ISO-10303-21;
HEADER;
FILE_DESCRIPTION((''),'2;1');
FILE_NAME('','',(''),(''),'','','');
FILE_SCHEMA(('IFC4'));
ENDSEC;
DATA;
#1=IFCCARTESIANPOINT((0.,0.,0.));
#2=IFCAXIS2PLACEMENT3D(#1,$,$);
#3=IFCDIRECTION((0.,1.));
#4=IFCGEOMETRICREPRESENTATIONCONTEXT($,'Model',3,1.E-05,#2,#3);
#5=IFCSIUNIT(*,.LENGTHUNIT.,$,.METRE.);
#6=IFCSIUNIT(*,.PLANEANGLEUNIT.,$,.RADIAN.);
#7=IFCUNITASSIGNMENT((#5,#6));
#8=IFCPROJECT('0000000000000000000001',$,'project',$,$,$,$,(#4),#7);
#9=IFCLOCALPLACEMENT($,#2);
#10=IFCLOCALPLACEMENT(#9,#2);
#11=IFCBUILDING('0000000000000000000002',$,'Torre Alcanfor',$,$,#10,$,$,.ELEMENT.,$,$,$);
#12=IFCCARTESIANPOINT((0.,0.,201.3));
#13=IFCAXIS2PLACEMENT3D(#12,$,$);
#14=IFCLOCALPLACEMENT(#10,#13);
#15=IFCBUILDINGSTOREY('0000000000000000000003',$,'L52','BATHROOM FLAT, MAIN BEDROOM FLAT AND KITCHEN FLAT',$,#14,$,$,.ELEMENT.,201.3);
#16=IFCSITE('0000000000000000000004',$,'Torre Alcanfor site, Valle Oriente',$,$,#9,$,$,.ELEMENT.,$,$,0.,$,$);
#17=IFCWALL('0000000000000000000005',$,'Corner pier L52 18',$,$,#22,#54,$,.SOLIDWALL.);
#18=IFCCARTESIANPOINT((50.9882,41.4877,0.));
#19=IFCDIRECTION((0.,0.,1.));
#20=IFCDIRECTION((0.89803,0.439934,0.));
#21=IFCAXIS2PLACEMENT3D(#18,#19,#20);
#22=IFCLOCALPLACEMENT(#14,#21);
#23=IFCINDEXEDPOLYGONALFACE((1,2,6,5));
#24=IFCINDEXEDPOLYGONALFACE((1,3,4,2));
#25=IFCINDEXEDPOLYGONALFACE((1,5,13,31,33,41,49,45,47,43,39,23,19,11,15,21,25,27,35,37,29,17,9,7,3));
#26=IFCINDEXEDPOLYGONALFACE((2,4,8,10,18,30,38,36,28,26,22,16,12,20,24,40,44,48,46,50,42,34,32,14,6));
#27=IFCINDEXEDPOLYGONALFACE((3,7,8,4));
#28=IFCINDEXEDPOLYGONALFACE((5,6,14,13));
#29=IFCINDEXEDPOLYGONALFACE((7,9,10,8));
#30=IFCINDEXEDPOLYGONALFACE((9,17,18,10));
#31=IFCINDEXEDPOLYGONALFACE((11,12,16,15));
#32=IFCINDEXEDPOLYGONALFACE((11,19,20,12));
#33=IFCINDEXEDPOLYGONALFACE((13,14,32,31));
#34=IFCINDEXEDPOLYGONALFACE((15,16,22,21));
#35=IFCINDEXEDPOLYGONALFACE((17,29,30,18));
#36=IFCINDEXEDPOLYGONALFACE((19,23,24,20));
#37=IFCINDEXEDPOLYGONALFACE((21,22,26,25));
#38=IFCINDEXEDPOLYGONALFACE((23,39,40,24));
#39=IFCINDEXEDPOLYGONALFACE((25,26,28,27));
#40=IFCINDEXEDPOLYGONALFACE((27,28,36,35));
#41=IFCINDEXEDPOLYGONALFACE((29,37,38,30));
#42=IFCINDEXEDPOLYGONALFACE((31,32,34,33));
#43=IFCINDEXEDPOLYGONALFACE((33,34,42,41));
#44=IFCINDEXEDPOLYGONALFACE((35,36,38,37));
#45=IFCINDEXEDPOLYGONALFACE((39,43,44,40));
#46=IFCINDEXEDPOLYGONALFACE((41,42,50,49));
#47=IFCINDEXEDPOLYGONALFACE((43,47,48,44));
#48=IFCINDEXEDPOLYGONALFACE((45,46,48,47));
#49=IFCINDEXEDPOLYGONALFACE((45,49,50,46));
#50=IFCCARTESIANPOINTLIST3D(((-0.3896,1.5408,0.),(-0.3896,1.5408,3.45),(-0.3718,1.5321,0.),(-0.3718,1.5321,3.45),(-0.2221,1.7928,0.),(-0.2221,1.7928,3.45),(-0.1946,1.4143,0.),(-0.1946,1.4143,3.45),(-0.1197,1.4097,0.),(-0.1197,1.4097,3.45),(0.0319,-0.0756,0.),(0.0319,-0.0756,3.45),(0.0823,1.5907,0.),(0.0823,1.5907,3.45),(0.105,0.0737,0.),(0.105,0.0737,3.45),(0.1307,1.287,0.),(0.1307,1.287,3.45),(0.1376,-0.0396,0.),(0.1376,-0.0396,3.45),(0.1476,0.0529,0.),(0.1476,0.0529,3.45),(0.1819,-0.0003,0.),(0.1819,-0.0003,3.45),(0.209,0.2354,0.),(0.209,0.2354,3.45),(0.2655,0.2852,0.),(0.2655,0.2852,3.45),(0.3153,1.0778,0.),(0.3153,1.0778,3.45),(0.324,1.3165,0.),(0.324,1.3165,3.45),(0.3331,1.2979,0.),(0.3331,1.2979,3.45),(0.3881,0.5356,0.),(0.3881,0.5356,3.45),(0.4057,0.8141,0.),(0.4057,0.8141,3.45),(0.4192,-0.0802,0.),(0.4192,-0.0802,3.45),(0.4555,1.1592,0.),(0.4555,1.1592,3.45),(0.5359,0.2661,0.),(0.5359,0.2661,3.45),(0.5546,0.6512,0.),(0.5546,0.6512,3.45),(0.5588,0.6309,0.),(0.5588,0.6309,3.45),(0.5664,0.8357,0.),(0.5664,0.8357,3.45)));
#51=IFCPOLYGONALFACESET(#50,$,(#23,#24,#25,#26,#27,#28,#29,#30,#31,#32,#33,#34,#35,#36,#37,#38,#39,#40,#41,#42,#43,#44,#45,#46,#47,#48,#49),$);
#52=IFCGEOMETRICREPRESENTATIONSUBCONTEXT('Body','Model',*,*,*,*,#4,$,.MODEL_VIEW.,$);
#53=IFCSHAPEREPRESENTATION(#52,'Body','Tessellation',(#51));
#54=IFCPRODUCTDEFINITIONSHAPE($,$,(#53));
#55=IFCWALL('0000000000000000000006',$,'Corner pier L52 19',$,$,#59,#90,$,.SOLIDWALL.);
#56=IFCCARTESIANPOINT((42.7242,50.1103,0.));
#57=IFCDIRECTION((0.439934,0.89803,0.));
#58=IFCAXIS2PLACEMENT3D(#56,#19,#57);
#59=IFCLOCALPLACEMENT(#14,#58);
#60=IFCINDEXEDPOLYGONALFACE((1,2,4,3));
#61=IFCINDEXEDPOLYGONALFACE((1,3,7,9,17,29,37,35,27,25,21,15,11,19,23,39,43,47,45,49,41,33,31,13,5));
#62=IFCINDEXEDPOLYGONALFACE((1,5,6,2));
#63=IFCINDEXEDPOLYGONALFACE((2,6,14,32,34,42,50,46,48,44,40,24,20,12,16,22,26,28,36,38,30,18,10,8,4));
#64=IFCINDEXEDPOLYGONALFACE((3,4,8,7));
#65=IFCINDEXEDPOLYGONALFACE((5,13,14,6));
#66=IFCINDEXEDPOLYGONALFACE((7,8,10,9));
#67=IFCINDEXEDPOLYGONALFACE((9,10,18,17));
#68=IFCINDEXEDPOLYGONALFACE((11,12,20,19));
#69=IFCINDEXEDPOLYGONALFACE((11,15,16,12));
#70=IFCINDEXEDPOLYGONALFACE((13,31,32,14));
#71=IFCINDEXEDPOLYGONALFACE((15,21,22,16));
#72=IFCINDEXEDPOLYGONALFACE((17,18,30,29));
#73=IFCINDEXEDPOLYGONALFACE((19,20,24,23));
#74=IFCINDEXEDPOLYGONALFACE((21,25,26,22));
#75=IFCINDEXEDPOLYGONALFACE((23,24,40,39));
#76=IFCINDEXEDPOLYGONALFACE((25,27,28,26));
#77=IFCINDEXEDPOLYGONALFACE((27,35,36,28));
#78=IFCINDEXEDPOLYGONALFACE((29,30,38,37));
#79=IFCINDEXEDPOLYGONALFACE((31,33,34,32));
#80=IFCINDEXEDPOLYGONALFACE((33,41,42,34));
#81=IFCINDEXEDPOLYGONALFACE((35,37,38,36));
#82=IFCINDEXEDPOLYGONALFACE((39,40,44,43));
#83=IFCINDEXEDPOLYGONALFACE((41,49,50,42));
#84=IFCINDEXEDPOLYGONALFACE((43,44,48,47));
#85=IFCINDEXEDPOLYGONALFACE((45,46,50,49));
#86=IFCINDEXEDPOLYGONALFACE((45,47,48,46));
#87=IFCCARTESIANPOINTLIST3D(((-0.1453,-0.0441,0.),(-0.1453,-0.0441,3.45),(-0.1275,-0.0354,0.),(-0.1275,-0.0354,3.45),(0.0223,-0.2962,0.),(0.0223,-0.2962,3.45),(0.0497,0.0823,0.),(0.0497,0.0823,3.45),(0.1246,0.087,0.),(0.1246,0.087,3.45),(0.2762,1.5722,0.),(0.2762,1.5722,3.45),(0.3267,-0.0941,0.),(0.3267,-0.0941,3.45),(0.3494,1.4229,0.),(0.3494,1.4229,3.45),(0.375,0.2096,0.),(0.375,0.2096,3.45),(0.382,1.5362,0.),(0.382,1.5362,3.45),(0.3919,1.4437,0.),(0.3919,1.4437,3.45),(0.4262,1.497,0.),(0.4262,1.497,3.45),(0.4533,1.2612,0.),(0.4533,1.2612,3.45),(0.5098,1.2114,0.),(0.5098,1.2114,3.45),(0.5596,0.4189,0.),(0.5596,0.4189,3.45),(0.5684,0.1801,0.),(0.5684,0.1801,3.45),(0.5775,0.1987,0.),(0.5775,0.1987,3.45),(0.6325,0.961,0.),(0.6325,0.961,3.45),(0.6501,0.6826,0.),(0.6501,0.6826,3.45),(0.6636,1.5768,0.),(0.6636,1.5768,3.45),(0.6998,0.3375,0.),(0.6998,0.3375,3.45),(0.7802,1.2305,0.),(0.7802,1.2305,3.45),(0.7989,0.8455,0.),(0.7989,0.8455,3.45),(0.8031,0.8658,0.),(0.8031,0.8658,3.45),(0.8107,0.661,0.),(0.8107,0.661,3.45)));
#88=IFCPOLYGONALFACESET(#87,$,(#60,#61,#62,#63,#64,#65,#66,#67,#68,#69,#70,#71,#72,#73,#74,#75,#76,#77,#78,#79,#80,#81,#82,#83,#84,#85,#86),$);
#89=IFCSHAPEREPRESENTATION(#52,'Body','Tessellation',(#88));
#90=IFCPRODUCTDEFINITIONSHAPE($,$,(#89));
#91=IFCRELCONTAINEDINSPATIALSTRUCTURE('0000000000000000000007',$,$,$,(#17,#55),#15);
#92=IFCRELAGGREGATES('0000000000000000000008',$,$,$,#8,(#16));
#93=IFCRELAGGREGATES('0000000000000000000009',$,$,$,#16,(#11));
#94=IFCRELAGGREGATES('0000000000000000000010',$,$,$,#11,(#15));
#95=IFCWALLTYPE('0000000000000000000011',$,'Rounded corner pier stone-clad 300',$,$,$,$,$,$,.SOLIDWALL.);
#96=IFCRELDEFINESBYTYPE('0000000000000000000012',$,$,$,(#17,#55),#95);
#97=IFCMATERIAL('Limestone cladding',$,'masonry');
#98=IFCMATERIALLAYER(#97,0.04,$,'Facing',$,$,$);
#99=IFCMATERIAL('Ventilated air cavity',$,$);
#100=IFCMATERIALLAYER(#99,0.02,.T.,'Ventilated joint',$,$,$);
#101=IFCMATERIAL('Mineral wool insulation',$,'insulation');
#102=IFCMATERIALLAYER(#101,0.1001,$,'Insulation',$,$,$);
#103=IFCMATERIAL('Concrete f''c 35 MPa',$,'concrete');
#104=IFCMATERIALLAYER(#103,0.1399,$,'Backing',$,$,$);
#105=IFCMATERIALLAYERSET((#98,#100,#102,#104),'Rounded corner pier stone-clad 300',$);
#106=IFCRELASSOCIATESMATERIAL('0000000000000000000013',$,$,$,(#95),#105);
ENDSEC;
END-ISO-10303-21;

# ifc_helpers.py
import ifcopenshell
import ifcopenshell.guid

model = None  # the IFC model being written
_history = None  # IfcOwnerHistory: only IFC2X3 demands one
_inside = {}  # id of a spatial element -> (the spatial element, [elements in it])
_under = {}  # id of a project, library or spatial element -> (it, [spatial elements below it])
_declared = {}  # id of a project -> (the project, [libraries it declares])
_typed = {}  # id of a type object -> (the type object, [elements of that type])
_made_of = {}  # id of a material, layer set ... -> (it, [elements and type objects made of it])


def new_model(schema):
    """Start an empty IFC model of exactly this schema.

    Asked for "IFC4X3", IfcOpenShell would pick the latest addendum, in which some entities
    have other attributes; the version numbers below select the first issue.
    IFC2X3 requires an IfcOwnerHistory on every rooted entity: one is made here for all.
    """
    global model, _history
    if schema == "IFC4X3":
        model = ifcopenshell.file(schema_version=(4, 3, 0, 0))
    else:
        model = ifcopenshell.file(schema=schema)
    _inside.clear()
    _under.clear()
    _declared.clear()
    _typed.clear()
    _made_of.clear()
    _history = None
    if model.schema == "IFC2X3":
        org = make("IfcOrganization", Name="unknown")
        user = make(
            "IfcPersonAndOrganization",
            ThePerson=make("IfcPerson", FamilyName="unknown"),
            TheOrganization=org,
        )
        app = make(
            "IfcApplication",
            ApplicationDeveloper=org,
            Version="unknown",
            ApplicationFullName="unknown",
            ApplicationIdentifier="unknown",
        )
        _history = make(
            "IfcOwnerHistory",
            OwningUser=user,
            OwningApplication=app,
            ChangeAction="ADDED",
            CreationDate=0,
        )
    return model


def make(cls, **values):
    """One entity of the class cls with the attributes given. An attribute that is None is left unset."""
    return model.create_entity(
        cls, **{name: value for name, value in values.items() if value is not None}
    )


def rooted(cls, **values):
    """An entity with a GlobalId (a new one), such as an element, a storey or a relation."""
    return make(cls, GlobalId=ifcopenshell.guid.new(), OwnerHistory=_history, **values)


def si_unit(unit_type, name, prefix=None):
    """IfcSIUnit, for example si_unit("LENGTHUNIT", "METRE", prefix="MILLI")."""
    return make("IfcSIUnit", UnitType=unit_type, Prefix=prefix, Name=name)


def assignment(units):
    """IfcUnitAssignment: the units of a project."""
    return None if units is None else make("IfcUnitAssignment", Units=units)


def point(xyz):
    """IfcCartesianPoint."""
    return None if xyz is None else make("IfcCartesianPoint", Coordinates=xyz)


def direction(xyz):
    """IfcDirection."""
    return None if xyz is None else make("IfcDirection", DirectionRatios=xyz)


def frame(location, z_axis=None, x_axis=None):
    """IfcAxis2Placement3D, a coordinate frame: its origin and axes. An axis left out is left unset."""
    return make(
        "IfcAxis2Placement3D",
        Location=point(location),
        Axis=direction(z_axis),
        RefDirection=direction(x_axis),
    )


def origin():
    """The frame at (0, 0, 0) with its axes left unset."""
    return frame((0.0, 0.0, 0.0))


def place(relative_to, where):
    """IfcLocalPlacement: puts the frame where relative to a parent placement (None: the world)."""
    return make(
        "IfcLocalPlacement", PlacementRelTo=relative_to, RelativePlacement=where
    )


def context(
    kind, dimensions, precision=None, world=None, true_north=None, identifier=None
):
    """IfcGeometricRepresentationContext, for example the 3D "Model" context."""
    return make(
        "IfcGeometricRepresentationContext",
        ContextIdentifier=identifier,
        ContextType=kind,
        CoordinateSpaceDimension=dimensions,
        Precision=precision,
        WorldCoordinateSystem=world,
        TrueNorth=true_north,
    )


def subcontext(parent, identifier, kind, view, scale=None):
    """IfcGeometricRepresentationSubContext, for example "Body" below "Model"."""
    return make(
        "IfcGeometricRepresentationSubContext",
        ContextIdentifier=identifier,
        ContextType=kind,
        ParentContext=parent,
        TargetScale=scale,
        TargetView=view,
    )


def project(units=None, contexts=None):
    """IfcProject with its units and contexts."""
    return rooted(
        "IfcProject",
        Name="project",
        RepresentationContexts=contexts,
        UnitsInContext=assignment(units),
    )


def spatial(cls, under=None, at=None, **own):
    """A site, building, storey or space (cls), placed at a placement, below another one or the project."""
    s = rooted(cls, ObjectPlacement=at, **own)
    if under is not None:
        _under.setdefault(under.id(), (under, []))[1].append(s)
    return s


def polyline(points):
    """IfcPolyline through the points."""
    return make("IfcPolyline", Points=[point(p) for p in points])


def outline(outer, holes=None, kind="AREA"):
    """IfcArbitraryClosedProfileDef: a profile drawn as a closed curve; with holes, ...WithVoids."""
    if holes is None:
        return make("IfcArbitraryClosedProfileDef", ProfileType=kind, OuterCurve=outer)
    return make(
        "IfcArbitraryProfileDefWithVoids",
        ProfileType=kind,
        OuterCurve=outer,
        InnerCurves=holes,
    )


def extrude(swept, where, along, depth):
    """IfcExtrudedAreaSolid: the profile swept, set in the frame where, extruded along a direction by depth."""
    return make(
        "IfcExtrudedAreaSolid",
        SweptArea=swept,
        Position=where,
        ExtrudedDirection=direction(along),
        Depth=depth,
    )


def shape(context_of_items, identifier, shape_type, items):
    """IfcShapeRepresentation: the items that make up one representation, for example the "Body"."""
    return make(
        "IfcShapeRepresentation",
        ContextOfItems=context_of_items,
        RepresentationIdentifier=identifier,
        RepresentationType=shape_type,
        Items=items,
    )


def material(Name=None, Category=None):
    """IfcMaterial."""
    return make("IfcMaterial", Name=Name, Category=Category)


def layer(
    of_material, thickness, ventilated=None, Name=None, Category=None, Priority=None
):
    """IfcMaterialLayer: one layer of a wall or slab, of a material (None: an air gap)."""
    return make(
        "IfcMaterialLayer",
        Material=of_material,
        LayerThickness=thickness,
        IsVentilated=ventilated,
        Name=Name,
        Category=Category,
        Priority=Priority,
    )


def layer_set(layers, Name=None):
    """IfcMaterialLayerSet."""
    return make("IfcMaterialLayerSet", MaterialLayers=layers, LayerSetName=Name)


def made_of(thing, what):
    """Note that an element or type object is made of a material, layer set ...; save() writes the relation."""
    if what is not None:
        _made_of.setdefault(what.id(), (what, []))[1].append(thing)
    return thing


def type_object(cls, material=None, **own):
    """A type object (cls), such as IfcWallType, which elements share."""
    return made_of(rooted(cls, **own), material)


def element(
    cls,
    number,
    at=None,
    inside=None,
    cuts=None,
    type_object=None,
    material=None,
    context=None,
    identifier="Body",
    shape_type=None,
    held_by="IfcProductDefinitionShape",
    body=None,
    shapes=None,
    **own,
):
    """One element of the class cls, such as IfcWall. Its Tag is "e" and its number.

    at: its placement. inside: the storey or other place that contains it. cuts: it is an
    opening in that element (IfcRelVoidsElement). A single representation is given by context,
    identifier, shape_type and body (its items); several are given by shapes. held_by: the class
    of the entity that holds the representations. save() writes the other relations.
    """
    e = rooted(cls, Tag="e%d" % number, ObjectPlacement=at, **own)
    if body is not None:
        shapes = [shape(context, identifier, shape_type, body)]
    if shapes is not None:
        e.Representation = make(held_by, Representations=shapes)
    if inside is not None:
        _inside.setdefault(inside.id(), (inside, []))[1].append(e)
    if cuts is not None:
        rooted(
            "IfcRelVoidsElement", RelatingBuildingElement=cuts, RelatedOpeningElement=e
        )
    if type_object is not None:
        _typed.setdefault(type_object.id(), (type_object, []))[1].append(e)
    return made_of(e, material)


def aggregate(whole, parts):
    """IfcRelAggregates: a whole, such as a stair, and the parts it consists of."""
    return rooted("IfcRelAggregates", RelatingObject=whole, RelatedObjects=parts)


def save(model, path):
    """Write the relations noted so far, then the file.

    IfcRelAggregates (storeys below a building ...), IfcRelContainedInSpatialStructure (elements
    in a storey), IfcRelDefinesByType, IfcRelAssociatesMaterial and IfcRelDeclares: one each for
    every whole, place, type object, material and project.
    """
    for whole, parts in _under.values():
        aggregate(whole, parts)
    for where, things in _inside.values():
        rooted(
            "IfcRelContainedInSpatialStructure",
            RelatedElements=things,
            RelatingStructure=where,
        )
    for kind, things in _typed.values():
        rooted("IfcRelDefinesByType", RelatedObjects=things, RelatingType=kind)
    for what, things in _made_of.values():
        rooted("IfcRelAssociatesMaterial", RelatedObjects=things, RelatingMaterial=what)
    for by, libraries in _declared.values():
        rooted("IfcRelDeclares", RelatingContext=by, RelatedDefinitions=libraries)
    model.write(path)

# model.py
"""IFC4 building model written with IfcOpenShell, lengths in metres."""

from ifc_helpers import new_model, si_unit, direction, frame, origin, place, context, subcontext, project, spatial, polyline, outline, extrude, material, layer, layer_set, type_object, element, save


model = new_model("IFC4")

# Units and contexts
model_context = context("Model", 3, precision=1e-05, world=origin(), true_north=direction((0.0, 1.0)))
body_context = subcontext(model_context, "Body", "Model", "MODEL_VIEW")
ifc_project = project(units=[si_unit("LENGTHUNIT", "METRE"), si_unit("PLANEANGLEUNIT", "RADIAN")], contexts=[model_context])

# Site, building, storey
site_placement = place(None, origin())
site = spatial("IfcSite", under=ifc_project, at=site_placement, Name="Torre Alcanfor site, Valle Oriente", CompositionType="ELEMENT", RefElevation=0.0)
building_placement = place(site_placement, origin())
building = spatial("IfcBuilding", under=site, at=building_placement, Name="Torre Alcanfor", CompositionType="ELEMENT")
storey_placement = place(building_placement, frame((0.0, 0.0, 201.3)))
storey = spatial("IfcBuildingStorey", under=building, at=storey_placement, Name="L52", Description="BATHROOM FLAT, MAIN BEDROOM FLAT AND KITCHEN FLAT", CompositionType="ELEMENT", Elevation=201.3)

# Shared definitions
ifc_material_1 = material(Name="Limestone cladding", Category="masonry")
ifc_material_2 = material(Name="Ventilated air cavity")
ifc_material_3 = material(Name="Mineral wool insulation", Category="insulation")
ifc_material_4 = material(Name="Concrete f'c 35 MPa", Category="concrete")

# Walls
ifc_layer_1 = layer(ifc_material_1, 0.04, Name="Facing")
ifc_layer_2 = layer(ifc_material_2, 0.02, ventilated=True, Name="Ventilated joint")
ifc_layer_3 = layer(ifc_material_3, 0.1001, Name="Insulation")
ifc_layer_4 = layer(ifc_material_4, 0.1399, Name="Backing")
ifc_layer_set_1 = layer_set([ifc_layer_1, ifc_layer_2, ifc_layer_3, ifc_layer_4], Name="Rounded corner pier stone-clad 300")
wall_type_1 = type_object("IfcWallType", Name="Rounded corner pier stone-clad 300", PredefinedType="SOLIDWALL", material=ifc_layer_set_1)
wall_1_placement = place(storey_placement, frame((50.9882, 41.4877, 0.0), z_axis=(0.0, 0.0, 1.0), x_axis=(0.89803, 0.439934, 0.0)))
element("IfcWall", 1, at=wall_1_placement, inside=storey, type_object=wall_type_1, Name="Corner pier L52 18", PredefinedType="SOLIDWALL", context=body_context, shape_type="SweptSolid", body=[
    extrude(outline(polyline([(0.1376, -0.0396), (0.1819, -0.0003), (0.4192, -0.0802), (0.5359, 0.2661), (0.5588, 0.6309), (0.5546, 0.6512), (0.5664, 0.8357), (0.4555, 1.1592), (0.3331, 1.2979), (0.324, 1.3165), (0.0823, 1.5907), (-0.2221, 1.7928), (-0.3896, 1.5408), (-0.3718, 1.5321), (-0.1946, 1.4143), (-0.1197, 1.4097), (0.1307, 1.287), (0.3153, 1.0778), (0.4057, 0.8141), (0.3881, 0.5356), (0.2655, 0.2852), (0.209, 0.2354), (0.1476, 0.0529), (0.105, 0.0737), (0.0319, -0.0756), (0.1376, -0.0396)])), origin(), (0.0, 0.0, 1.0), 3.45),
])
wall_2_placement = place(storey_placement, frame((42.7242, 50.1103, 0.0), z_axis=(0.0, 0.0, 1.0), x_axis=(0.439934, 0.89803, 0.0)))
element("IfcWall", 2, at=wall_2_placement, inside=storey, type_object=wall_type_1, Name="Corner pier L52 19", PredefinedType="SOLIDWALL", context=body_context, shape_type="SweptSolid", body=[
    extrude(outline(polyline([(-0.1453, -0.0441), (0.0223, -0.2962), (0.3267, -0.0941), (0.5684, 0.1801), (0.5775, 0.1987), (0.6998, 0.3375), (0.8107, 0.661), (0.7989, 0.8455), (0.8031, 0.8658), (0.7802, 1.2305), (0.6636, 1.5768), (0.4262, 1.497), (0.382, 1.5362), (0.2762, 1.5722), (0.3494, 1.4229), (0.3919, 1.4437), (0.4533, 1.2612), (0.5098, 1.2114), (0.6325, 0.961), (0.6501, 0.6826), (0.5596, 0.4189), (0.375, 0.2096), (0.1246, 0.087), (0.0497, 0.0823), (-0.1275, -0.0354), (-0.1453, -0.0441)])), origin(), (0.0, 0.0, 1.0), 3.45),
])

save(model, "model.ifc")
